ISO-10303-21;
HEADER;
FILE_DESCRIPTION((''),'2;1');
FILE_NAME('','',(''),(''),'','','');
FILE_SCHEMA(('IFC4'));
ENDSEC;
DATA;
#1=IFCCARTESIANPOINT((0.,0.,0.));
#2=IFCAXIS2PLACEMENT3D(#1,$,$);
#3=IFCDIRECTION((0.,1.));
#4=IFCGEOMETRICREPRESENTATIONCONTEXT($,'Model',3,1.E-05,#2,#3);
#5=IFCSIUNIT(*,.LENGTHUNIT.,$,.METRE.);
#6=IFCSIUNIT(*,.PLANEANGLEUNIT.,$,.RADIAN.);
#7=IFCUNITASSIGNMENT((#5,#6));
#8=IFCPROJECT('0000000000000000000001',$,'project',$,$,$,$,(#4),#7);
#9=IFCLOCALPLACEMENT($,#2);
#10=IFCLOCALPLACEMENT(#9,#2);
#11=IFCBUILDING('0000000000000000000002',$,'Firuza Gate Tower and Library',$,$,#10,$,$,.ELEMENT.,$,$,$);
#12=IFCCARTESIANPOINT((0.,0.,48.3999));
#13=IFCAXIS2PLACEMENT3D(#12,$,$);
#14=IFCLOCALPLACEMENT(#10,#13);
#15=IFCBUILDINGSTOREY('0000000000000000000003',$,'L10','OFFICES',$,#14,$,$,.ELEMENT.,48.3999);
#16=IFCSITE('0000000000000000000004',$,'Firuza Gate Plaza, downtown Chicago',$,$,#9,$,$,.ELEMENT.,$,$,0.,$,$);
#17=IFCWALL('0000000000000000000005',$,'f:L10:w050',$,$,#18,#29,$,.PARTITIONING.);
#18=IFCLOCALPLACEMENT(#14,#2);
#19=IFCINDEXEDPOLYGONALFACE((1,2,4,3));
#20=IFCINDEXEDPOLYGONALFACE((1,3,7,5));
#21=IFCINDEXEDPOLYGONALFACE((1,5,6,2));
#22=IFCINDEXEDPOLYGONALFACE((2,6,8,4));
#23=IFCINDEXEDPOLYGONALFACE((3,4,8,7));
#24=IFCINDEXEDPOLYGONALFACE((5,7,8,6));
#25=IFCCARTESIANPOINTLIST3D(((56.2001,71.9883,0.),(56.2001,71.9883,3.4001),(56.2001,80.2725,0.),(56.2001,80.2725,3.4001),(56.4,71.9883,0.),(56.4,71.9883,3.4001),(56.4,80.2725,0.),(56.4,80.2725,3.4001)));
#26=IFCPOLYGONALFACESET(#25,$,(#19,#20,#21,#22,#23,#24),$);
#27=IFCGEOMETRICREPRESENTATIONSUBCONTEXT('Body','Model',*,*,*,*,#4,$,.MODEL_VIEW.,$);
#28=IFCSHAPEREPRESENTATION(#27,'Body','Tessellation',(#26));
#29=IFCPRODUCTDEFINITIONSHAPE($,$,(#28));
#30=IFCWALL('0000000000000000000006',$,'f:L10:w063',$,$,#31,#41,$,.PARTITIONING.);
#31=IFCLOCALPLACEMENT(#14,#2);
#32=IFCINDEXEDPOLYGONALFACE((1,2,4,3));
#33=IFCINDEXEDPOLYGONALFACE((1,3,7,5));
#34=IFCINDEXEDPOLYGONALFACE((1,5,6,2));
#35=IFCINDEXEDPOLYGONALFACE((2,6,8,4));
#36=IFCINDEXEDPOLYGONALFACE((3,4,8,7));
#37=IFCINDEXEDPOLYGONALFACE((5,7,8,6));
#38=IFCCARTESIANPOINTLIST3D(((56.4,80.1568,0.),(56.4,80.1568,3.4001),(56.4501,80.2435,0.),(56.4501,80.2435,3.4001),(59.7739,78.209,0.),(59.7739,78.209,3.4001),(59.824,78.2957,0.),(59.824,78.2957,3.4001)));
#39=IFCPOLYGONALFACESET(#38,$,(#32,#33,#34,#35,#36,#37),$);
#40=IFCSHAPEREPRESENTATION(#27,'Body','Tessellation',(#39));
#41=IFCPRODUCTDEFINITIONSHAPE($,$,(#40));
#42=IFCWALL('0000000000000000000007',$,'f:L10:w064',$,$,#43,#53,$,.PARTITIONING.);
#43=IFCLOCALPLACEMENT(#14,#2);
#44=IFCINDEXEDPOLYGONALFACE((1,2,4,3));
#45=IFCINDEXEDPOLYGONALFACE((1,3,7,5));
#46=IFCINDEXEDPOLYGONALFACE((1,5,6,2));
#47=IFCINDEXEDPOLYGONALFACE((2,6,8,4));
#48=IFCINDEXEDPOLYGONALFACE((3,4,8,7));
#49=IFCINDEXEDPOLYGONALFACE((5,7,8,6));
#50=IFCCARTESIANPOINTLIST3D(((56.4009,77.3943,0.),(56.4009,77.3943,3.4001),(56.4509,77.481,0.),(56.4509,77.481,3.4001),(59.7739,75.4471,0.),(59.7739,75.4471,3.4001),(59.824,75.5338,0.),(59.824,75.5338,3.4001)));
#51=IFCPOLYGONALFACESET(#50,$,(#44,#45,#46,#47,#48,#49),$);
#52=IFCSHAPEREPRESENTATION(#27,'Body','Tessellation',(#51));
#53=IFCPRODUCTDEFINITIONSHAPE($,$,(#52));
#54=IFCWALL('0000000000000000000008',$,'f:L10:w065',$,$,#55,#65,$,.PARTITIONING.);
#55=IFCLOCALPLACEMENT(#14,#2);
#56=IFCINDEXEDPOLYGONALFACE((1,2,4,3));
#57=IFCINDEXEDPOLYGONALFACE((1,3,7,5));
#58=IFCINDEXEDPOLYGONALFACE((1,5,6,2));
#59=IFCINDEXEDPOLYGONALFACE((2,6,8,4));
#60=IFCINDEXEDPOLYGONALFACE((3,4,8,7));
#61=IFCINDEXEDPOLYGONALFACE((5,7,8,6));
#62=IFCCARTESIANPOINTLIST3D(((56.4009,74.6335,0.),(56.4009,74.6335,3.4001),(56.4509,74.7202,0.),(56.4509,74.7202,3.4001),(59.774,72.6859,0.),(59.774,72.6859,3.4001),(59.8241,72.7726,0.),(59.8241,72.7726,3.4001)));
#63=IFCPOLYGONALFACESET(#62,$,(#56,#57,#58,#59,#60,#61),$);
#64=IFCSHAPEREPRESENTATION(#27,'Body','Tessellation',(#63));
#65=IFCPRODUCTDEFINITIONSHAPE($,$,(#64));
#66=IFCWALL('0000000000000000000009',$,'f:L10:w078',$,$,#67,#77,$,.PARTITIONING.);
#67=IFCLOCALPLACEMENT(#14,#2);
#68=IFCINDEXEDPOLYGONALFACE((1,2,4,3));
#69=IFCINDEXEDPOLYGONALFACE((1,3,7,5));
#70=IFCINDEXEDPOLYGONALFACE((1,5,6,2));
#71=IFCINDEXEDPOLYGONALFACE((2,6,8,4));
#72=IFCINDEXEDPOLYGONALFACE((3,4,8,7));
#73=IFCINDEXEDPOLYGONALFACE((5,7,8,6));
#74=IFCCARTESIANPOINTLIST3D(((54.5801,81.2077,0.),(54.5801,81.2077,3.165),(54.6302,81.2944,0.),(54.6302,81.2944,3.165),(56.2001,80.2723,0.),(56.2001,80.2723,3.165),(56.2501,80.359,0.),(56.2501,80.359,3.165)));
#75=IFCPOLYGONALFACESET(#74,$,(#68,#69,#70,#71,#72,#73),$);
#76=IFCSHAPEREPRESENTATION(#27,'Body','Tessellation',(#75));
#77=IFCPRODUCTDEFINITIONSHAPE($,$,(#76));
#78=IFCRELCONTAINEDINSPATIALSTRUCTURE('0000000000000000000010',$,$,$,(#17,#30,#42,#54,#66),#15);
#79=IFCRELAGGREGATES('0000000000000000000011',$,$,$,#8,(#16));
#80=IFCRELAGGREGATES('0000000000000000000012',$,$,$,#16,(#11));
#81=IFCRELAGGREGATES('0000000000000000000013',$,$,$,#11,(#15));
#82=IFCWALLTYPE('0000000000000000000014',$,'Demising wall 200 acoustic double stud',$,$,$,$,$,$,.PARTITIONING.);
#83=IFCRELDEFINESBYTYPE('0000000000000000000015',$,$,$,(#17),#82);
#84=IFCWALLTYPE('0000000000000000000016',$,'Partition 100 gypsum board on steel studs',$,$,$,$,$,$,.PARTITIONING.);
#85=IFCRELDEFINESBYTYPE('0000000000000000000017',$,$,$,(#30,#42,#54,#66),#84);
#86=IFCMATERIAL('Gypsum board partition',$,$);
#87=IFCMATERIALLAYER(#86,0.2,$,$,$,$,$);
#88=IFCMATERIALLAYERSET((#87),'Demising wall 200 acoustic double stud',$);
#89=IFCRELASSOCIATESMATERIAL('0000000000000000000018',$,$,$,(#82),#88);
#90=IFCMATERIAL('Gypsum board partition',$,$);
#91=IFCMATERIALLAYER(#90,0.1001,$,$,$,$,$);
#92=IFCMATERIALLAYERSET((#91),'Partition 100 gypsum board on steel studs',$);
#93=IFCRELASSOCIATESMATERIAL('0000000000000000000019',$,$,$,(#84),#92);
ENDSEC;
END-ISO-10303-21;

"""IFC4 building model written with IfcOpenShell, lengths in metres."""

from ifc_helpers import new_model, si_unit, direction, frame, frame_2d, origin, place, context, subcontext, project, spatial, rectangle, extrude, material, layer, layer_set, type_object, element, save


model = new_model("IFC4")

# Units and contexts
model_context = context("Model", 3, precision=1e-05, world=origin(), true_north=direction((0.0, 1.0)))
body_context = subcontext(model_context, "Body", "Model", "MODEL_VIEW")
ifc_project = project(units=[si_unit("LENGTHUNIT", "METRE"), si_unit("PLANEANGLEUNIT", "RADIAN")], contexts=[model_context])

# Site, building, storey
site_placement = place(None, origin())
site = spatial("IfcSite", under=ifc_project, at=site_placement, Name="Firuza Gate Plaza, downtown Chicago", CompositionType="ELEMENT", RefElevation=0.0)
building_placement = place(site_placement, origin())
building = spatial("IfcBuilding", under=site, at=building_placement, Name="Firuza Gate Tower and Library", CompositionType="ELEMENT")
storey_placement = place(building_placement, frame((0.0, 0.0, 48.3999)))
storey = spatial("IfcBuildingStorey", under=building, at=storey_placement, Name="L10", Description="OFFICES", CompositionType="ELEMENT", Elevation=48.3999)

# Walls
ifc_material_1 = material(Name="Gypsum board partition")
ifc_layer_1 = layer(ifc_material_1, 0.2)
ifc_layer_set_1 = layer_set([ifc_layer_1], Name="Demising wall 200 acoustic double stud")
wall_type_1 = type_object("IfcWallType", Name="Demising wall 200 acoustic double stud", PredefinedType="PARTITIONING", material=ifc_layer_set_1)
wall_1_placement = place(storey_placement, frame((56.3, 71.9883, 0.0), z_axis=(0.0, 0.0, 1.0), x_axis=(0.0, 1.0, 0.0)))
element("IfcWall", 1, at=wall_1_placement, inside=storey, type_object=wall_type_1, Name="f:L10:w050", PredefinedType="PARTITIONING", context=body_context, shape_type="SweptSolid", body=[
    extrude(rectangle(XDim=8.2842, YDim=0.2, at=frame_2d((4.1421, 0.0))), origin(), (0.0, 0.0, 1.0), 3.4001),
])
ifc_material_2 = material(Name="Gypsum board partition")
ifc_layer_2 = layer(ifc_material_2, 0.1001)
ifc_layer_set_2 = layer_set([ifc_layer_2], Name="Partition 100 gypsum board on steel studs")
wall_type_2 = type_object("IfcWallType", Name="Partition 100 gypsum board on steel studs", PredefinedType="PARTITIONING", material=ifc_layer_set_2)
wall_2_placement = place(storey_placement, frame((59.7988, 78.2524, 0.0), z_axis=(0.0, 0.0, 1.0), x_axis=(-0.866036, 0.499981, 0.0)))
element("IfcWall", 2, at=wall_2_placement, inside=storey, type_object=wall_type_2, Name="f:L10:w063", PredefinedType="PARTITIONING", context=body_context, shape_type="SweptSolid", body=[
    extrude(rectangle(XDim=3.8958, YDim=0.1001, at=frame_2d((1.9478, 0.0))), origin(), (0.0, 0.0, 1.0), 3.4001),
])
wall_3_placement = place(storey_placement, frame((59.7988, 75.4905, 0.0), z_axis=(0.0, 0.0, 1.0), x_axis=(-0.866044, 0.499968, 0.0)))
element("IfcWall", 3, at=wall_3_placement, inside=storey, type_object=wall_type_2, Name="f:L10:w064", PredefinedType="PARTITIONING", context=body_context, shape_type="SweptSolid", body=[
    extrude(rectangle(XDim=3.8948, YDim=0.1001, at=frame_2d((1.9473, 0.0))), origin(), (0.0, 0.0, 1.0), 3.4001),
])
wall_4_placement = place(storey_placement, frame((59.7991, 72.7292, 0.0), z_axis=(0.0, 0.0, 1.0), x_axis=(-0.866016, 0.500015, 0.0)))
element("IfcWall", 4, at=wall_4_placement, inside=storey, type_object=wall_type_2, Name="f:L10:w065", PredefinedType="PARTITIONING", context=body_context, shape_type="SweptSolid", body=[
    extrude(rectangle(XDim=3.895, YDim=0.1001, at=frame_2d((1.9475, 0.0))), origin(), (0.0, 0.0, 1.0), 3.4001),
])
wall_5_placement = place(storey_placement, frame((56.2251, 80.3157, 0.0), z_axis=(0.0, 0.0, 1.0), x_axis=(-0.86601, 0.500028, 0.0)))
element("IfcWall", 5, at=wall_5_placement, inside=storey, type_object=wall_type_2, Name="f:L10:w078", PredefinedType="PARTITIONING", context=body_context, shape_type="SweptSolid", body=[
    extrude(rectangle(XDim=1.8706, YDim=0.1001, at=frame_2d((0.9353, 0.0))), origin(), (0.0, 0.0, 1.0), 3.165),
])

save(model, "model.ifc")
